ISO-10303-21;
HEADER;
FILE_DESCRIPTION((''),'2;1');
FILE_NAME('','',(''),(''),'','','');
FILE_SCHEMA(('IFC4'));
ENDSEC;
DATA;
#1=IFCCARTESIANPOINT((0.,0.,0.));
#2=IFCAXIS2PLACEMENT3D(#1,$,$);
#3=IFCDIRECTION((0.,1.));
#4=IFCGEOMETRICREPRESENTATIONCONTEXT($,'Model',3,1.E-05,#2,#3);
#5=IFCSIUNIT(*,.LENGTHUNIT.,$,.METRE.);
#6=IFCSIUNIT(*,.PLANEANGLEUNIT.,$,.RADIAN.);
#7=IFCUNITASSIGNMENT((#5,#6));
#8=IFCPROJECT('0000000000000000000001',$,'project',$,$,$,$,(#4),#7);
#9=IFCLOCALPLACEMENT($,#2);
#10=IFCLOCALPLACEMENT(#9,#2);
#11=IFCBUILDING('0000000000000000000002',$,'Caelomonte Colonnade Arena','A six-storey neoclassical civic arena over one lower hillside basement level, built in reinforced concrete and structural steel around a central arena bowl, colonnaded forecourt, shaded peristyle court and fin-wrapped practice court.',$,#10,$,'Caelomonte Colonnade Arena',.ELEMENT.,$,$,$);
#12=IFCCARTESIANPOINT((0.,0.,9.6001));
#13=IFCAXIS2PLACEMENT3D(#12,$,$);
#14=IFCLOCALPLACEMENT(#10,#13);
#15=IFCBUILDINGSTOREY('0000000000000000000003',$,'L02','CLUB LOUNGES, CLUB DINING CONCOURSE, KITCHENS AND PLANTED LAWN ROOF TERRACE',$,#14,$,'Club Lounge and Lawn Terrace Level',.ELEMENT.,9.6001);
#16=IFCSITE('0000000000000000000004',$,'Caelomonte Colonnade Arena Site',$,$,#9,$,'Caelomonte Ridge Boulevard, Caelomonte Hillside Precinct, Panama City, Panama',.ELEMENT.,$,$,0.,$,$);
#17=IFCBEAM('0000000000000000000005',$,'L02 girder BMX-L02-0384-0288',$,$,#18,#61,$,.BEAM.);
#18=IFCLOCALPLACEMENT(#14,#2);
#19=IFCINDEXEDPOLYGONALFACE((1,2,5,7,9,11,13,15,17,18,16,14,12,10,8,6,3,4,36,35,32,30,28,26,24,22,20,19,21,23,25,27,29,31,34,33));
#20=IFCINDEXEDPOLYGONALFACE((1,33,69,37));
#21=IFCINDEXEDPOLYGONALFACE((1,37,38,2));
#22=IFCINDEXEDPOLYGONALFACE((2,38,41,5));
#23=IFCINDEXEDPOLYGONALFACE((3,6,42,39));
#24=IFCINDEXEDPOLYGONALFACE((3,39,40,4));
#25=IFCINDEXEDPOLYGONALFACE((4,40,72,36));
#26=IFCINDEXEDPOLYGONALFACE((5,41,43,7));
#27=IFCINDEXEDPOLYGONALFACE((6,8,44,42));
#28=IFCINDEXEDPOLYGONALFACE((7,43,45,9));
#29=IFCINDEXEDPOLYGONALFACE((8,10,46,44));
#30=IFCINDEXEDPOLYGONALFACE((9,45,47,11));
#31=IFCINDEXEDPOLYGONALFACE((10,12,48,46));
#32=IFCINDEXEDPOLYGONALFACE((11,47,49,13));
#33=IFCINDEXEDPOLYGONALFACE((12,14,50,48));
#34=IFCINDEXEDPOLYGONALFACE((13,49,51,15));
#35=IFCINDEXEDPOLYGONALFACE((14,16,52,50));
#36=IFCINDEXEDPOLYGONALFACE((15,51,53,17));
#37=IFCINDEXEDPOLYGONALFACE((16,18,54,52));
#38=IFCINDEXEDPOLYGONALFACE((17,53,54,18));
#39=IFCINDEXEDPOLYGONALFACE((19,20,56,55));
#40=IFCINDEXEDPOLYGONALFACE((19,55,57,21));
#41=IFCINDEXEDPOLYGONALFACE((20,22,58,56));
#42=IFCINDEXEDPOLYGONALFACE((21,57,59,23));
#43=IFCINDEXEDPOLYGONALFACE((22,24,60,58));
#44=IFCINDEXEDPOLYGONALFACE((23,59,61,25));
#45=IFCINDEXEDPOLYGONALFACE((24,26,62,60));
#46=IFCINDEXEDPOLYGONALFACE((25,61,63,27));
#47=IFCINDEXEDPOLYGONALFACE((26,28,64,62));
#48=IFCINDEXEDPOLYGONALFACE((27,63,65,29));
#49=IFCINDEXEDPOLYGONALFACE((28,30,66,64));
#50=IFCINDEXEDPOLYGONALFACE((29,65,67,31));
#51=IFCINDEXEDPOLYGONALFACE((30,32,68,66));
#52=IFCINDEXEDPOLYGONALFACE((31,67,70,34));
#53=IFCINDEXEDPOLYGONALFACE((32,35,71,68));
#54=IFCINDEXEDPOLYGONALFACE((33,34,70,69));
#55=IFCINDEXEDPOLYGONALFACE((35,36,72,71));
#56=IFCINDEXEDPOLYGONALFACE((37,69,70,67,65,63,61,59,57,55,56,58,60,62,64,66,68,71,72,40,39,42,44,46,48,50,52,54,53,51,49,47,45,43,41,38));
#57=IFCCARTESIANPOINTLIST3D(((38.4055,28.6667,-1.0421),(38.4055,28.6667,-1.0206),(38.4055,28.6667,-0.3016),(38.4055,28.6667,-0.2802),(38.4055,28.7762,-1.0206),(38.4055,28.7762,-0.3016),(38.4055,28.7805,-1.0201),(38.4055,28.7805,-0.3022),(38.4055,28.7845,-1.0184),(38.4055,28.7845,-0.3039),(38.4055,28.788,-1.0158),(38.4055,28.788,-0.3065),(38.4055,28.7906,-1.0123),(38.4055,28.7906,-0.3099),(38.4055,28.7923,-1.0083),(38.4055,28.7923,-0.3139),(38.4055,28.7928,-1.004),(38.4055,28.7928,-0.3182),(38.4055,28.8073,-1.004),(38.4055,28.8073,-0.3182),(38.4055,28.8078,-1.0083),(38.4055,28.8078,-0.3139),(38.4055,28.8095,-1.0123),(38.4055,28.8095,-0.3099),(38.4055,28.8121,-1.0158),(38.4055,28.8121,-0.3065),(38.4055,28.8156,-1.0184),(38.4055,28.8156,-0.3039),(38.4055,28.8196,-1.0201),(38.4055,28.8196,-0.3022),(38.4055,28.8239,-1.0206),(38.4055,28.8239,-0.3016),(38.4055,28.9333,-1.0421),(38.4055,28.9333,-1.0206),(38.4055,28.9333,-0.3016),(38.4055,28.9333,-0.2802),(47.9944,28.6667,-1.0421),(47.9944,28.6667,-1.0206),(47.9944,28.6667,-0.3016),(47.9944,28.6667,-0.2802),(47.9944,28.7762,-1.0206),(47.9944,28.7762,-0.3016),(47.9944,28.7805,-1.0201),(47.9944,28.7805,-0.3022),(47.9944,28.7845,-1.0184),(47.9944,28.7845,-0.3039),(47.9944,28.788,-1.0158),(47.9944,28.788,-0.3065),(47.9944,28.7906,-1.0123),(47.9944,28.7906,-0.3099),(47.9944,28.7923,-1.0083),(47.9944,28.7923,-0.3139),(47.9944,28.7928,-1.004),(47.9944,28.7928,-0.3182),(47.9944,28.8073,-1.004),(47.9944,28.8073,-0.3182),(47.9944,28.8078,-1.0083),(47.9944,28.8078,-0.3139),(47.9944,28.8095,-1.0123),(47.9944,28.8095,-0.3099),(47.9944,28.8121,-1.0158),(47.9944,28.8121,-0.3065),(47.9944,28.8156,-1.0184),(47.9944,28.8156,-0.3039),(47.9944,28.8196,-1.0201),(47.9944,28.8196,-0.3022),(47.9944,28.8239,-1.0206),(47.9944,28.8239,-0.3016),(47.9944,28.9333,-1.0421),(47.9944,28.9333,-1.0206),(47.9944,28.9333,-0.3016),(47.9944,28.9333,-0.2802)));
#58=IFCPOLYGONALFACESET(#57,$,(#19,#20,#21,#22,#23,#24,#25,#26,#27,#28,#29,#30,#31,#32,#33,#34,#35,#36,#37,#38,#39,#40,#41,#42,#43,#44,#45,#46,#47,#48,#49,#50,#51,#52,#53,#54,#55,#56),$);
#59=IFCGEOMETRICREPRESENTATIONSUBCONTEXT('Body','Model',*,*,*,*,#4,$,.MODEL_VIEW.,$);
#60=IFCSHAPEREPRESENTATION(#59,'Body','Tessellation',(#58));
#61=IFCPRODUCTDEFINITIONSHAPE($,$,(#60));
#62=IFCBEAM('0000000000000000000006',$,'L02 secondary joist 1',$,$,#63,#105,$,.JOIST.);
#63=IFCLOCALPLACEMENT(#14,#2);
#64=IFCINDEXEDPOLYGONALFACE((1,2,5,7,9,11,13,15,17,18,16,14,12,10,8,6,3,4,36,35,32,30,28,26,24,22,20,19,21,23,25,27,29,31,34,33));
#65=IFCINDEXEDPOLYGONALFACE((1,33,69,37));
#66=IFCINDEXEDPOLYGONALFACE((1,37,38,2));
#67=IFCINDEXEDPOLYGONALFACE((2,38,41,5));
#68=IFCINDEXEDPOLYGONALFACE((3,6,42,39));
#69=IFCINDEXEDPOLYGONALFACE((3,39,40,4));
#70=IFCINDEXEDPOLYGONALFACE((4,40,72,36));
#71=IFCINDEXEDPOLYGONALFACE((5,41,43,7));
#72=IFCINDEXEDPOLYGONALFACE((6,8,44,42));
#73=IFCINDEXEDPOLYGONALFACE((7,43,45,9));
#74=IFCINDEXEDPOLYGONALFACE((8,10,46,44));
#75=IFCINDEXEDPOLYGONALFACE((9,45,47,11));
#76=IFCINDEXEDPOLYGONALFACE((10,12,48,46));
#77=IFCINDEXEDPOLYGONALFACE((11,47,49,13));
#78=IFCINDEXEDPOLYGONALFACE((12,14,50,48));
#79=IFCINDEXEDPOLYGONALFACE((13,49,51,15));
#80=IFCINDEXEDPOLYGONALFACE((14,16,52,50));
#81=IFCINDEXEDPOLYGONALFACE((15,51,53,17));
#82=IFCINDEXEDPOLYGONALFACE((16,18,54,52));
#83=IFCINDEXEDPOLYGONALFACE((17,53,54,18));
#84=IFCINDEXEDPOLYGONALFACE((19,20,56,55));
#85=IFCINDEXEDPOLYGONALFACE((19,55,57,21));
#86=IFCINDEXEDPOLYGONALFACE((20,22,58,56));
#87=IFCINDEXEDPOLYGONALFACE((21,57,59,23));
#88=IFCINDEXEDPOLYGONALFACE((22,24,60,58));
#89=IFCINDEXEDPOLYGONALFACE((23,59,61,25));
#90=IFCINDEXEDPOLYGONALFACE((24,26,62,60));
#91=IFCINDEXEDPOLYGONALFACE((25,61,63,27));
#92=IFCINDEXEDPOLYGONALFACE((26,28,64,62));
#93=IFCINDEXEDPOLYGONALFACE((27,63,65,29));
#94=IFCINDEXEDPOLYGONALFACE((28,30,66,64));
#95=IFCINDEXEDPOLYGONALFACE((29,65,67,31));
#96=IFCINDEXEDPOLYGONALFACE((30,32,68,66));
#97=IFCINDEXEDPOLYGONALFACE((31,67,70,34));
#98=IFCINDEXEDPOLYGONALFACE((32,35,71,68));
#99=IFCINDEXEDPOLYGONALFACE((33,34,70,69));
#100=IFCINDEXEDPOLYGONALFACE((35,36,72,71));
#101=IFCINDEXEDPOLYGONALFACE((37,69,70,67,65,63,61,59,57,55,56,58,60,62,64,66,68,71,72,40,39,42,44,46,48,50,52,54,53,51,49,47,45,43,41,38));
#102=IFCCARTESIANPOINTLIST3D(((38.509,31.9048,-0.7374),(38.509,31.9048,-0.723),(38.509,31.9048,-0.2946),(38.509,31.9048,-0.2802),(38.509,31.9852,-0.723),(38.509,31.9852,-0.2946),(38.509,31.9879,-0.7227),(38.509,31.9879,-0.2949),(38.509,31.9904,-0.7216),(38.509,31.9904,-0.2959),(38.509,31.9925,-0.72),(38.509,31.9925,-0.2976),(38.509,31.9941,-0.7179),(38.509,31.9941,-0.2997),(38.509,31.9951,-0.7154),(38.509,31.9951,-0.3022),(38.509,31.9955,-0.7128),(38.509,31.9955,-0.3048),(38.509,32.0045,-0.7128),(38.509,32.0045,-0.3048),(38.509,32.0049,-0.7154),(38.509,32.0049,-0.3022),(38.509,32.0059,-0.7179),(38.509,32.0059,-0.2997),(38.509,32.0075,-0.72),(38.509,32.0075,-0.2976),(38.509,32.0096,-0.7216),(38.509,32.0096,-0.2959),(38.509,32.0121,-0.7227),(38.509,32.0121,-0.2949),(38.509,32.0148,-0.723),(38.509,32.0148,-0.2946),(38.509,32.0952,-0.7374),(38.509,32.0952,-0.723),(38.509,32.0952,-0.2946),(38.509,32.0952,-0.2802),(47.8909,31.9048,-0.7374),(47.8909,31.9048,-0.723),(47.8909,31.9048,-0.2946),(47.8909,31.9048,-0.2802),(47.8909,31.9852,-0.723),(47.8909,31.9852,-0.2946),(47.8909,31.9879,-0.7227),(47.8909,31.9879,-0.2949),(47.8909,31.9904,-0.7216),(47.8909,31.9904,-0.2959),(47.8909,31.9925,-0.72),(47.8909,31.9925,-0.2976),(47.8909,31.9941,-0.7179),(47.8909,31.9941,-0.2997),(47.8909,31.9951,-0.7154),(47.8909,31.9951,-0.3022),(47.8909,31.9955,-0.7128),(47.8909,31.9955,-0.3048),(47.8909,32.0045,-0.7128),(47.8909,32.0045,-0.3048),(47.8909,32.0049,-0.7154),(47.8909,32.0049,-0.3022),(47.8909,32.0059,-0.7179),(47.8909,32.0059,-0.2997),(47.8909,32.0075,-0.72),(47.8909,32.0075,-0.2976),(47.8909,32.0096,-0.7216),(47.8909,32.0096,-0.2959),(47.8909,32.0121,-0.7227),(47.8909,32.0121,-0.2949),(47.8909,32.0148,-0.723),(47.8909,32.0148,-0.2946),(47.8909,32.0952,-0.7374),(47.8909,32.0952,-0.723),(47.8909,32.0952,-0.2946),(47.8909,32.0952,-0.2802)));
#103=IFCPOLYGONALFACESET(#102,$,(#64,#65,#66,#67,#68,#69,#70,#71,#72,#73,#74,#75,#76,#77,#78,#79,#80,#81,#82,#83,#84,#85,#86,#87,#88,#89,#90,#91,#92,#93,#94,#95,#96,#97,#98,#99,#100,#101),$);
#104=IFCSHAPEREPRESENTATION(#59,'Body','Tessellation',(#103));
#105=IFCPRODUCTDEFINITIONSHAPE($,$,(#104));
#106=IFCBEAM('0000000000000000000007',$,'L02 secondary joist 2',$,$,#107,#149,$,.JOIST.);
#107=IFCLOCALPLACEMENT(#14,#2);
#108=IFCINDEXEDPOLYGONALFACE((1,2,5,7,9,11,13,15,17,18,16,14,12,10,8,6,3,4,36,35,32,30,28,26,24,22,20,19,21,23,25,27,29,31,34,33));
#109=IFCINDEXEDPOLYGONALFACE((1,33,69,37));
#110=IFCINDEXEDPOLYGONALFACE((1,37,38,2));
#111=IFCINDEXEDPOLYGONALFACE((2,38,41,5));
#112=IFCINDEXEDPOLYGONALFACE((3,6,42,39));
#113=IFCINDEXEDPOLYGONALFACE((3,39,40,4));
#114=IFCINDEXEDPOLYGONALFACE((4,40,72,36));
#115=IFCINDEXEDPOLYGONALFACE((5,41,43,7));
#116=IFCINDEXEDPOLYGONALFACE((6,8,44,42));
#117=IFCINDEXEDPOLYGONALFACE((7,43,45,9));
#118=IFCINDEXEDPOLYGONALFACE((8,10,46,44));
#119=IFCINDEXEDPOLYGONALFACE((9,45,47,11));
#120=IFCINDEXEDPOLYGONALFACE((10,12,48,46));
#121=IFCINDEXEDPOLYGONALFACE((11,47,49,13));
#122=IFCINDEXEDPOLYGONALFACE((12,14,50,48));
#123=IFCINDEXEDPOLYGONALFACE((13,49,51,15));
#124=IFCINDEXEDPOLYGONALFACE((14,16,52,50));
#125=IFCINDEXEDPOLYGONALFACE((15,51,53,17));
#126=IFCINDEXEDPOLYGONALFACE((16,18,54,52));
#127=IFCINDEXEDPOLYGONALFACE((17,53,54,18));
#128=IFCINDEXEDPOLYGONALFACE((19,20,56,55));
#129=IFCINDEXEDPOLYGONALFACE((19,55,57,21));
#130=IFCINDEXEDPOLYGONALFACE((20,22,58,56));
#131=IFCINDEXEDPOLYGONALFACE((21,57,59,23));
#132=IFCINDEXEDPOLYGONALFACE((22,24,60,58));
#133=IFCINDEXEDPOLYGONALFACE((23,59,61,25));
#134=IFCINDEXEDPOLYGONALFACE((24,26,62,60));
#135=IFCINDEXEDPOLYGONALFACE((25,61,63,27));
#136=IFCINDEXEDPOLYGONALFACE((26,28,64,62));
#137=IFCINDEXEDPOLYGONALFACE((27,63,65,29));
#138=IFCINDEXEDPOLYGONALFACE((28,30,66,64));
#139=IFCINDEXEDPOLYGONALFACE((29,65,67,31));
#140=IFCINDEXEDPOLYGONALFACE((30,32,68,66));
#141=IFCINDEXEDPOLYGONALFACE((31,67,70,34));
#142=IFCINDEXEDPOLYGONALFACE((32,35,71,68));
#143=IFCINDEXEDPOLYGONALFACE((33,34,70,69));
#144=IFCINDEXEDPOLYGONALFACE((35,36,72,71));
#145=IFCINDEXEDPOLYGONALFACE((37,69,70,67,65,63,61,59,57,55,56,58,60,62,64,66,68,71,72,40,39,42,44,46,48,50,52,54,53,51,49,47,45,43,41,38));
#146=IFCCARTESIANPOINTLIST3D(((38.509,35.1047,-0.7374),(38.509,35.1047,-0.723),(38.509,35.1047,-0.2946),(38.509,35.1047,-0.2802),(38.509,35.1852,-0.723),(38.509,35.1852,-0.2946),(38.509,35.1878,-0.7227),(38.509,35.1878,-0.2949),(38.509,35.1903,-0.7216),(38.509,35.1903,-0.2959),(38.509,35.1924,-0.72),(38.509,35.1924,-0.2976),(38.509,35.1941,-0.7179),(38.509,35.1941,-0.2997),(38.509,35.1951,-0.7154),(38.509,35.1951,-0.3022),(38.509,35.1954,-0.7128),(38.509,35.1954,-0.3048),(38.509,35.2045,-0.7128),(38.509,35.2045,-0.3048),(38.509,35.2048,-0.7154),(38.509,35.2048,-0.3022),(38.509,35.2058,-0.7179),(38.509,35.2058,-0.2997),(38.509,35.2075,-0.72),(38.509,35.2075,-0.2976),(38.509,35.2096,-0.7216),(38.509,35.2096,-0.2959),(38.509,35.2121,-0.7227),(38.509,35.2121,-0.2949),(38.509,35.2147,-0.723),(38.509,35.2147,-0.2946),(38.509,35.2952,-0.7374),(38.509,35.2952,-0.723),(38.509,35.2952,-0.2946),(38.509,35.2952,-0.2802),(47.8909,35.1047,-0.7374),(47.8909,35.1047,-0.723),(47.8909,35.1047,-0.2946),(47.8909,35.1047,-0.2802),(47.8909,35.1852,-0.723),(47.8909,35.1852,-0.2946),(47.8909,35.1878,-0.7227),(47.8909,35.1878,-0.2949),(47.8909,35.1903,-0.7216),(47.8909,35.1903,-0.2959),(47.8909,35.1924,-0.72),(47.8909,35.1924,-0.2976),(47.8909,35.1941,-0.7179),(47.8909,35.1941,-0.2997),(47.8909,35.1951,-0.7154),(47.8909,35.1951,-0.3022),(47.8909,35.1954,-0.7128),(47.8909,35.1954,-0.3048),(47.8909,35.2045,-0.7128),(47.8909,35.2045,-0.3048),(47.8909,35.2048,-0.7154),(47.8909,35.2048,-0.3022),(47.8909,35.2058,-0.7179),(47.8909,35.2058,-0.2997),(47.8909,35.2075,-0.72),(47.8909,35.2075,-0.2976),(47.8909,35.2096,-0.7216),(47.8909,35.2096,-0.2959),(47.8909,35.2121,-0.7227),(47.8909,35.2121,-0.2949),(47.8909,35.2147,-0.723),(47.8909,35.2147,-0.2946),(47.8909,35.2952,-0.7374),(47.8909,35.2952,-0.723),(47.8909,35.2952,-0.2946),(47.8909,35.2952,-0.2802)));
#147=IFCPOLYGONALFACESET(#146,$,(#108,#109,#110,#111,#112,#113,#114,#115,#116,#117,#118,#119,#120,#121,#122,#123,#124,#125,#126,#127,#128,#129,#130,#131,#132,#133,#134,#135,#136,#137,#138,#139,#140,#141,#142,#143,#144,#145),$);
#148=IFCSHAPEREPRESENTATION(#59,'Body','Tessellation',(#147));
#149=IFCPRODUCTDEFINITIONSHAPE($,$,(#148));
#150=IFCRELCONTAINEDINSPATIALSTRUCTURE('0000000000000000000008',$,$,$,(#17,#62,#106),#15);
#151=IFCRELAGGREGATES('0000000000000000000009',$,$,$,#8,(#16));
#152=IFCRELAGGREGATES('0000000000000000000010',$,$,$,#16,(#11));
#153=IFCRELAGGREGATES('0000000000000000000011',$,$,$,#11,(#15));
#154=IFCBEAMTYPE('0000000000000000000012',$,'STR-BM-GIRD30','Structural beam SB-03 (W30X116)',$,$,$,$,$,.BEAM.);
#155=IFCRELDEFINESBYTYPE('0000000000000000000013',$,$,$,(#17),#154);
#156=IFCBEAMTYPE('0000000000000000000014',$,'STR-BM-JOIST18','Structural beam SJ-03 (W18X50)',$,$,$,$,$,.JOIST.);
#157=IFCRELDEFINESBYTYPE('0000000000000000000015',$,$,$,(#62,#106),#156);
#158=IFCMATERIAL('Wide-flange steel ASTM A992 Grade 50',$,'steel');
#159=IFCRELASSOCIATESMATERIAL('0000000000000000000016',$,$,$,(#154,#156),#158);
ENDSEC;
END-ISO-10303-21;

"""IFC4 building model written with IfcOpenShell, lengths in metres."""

from ifc_helpers import new_model, si_unit, direction, frame, origin, origin_2d, place, context, subcontext, project, spatial, i_section, extrude, material, material_profile, profile_set, type_object, element, save


model = new_model("IFC4")

# Units and contexts
model_context = context("Model", 3, precision=1e-05, world=origin(), true_north=direction((0.0, 1.0)))
body_context = subcontext(model_context, "Body", "Model", "MODEL_VIEW")
ifc_project = project(units=[si_unit("LENGTHUNIT", "METRE"), si_unit("PLANEANGLEUNIT", "RADIAN")], contexts=[model_context])

# Site, building, storey
site_placement = place(None, origin())
site = spatial("IfcSite", under=ifc_project, at=site_placement, Name="Caelomonte Colonnade Arena Site", LongName="Caelomonte Ridge Boulevard, Caelomonte Hillside Precinct, Panama City, Panama", CompositionType="ELEMENT", RefElevation=0.0)
building_placement = place(site_placement, origin())
building = spatial("IfcBuilding", under=site, at=building_placement, Name="Caelomonte Colonnade Arena", Description="A six-storey neoclassical civic arena over one lower hillside basement level, built in reinforced concrete and structural steel around a central arena bowl, colonnaded forecourt, shaded peristyle court and fin-wrapped practice court.", LongName="Caelomonte Colonnade Arena", CompositionType="ELEMENT")
storey_placement = place(building_placement, frame((0.0, 0.0, 9.6001)))
storey = spatial("IfcBuildingStorey", under=building, at=storey_placement, Name="L02", Description="CLUB LOUNGES, CLUB DINING CONCOURSE, KITCHENS AND PLANTED LAWN ROOF TERRACE", LongName="Club Lounge and Lawn Terrace Level", CompositionType="ELEMENT", Elevation=9.6001)

# Beams
ifc_material_1 = material(Name="Wide-flange steel ASTM A992 Grade 50", Category="steel")
ifc_material_profile_1 = material_profile(ifc_material_1, i_section(OverallWidth=0.2666, OverallDepth=0.762, WebThickness=0.0144, FlangeThickness=0.0215, FilletRadius=0.0166, at=origin_2d()), Name="W30X116")
ifc_profile_set_1 = profile_set([ifc_material_profile_1], Name="Wide-flange steel ASTM A992 Grade 50")
beam_type_1 = type_object("IfcBeamType", Name="STR-BM-GIRD30", Description="Structural beam SB-03 (W30X116)", PredefinedType="BEAM", material=ifc_profile_set_1)
beam_placement = place(storey_placement, frame((38.4055, 28.8, -0.6611), z_axis=(1.0, 0.0, 0.0), x_axis=(0.0, 1.0, 0.0)))
element("IfcBeam", 1, at=beam_placement, inside=storey, type_object=beam_type_1, Name="L02 girder BMX-L02-0384-0288", PredefinedType="BEAM", context=body_context, shape_type="SweptSolid", body=[
    extrude(i_section(OverallWidth=0.2666, OverallDepth=0.762, WebThickness=0.0144, FlangeThickness=0.0215, FilletRadius=0.0166, at=origin_2d()), origin(), (0.0, 0.0, 1.0), 9.5889),
])
ifc_material_profile_2 = material_profile(ifc_material_1, i_section(OverallWidth=0.1904, OverallDepth=0.4573, WebThickness=0.009, FlangeThickness=0.0144, FilletRadius=0.0103, at=origin_2d()), Name="W18X50")
ifc_profile_set_2 = profile_set([ifc_material_profile_2], Name="Wide-flange steel ASTM A992 Grade 50")
beam_type_2 = type_object("IfcBeamType", Name="STR-BM-JOIST18", Description="Structural beam SJ-03 (W18X50)", PredefinedType="JOIST", material=ifc_profile_set_2)
for number, where, z_axis, x_axis, name in (
    (2, (38.509, 32.0, -0.5088), (1.0, 0.0, 0.0), (0.0, 1.0, 0.0), "L02 secondary joist 1"),
    (3, (38.509, 35.2, -0.5088), (1.0, 0.0, 0.0), (0.0, 1.0, 0.0), "L02 secondary joist 2"),
):
    element("IfcBeam", number, at=place(storey_placement, frame(where, z_axis=z_axis, x_axis=x_axis)), inside=storey, type_object=beam_type_2, Name=name, PredefinedType="JOIST", context=body_context, shape_type="SweptSolid", body=[
        extrude(i_section(OverallWidth=0.1904, OverallDepth=0.4573, WebThickness=0.009, FlangeThickness=0.0144, FilletRadius=0.0103, at=origin_2d()), origin(), (0.0, 0.0, 1.0), 9.3818),
    ])

save(model, "model.ifc")
